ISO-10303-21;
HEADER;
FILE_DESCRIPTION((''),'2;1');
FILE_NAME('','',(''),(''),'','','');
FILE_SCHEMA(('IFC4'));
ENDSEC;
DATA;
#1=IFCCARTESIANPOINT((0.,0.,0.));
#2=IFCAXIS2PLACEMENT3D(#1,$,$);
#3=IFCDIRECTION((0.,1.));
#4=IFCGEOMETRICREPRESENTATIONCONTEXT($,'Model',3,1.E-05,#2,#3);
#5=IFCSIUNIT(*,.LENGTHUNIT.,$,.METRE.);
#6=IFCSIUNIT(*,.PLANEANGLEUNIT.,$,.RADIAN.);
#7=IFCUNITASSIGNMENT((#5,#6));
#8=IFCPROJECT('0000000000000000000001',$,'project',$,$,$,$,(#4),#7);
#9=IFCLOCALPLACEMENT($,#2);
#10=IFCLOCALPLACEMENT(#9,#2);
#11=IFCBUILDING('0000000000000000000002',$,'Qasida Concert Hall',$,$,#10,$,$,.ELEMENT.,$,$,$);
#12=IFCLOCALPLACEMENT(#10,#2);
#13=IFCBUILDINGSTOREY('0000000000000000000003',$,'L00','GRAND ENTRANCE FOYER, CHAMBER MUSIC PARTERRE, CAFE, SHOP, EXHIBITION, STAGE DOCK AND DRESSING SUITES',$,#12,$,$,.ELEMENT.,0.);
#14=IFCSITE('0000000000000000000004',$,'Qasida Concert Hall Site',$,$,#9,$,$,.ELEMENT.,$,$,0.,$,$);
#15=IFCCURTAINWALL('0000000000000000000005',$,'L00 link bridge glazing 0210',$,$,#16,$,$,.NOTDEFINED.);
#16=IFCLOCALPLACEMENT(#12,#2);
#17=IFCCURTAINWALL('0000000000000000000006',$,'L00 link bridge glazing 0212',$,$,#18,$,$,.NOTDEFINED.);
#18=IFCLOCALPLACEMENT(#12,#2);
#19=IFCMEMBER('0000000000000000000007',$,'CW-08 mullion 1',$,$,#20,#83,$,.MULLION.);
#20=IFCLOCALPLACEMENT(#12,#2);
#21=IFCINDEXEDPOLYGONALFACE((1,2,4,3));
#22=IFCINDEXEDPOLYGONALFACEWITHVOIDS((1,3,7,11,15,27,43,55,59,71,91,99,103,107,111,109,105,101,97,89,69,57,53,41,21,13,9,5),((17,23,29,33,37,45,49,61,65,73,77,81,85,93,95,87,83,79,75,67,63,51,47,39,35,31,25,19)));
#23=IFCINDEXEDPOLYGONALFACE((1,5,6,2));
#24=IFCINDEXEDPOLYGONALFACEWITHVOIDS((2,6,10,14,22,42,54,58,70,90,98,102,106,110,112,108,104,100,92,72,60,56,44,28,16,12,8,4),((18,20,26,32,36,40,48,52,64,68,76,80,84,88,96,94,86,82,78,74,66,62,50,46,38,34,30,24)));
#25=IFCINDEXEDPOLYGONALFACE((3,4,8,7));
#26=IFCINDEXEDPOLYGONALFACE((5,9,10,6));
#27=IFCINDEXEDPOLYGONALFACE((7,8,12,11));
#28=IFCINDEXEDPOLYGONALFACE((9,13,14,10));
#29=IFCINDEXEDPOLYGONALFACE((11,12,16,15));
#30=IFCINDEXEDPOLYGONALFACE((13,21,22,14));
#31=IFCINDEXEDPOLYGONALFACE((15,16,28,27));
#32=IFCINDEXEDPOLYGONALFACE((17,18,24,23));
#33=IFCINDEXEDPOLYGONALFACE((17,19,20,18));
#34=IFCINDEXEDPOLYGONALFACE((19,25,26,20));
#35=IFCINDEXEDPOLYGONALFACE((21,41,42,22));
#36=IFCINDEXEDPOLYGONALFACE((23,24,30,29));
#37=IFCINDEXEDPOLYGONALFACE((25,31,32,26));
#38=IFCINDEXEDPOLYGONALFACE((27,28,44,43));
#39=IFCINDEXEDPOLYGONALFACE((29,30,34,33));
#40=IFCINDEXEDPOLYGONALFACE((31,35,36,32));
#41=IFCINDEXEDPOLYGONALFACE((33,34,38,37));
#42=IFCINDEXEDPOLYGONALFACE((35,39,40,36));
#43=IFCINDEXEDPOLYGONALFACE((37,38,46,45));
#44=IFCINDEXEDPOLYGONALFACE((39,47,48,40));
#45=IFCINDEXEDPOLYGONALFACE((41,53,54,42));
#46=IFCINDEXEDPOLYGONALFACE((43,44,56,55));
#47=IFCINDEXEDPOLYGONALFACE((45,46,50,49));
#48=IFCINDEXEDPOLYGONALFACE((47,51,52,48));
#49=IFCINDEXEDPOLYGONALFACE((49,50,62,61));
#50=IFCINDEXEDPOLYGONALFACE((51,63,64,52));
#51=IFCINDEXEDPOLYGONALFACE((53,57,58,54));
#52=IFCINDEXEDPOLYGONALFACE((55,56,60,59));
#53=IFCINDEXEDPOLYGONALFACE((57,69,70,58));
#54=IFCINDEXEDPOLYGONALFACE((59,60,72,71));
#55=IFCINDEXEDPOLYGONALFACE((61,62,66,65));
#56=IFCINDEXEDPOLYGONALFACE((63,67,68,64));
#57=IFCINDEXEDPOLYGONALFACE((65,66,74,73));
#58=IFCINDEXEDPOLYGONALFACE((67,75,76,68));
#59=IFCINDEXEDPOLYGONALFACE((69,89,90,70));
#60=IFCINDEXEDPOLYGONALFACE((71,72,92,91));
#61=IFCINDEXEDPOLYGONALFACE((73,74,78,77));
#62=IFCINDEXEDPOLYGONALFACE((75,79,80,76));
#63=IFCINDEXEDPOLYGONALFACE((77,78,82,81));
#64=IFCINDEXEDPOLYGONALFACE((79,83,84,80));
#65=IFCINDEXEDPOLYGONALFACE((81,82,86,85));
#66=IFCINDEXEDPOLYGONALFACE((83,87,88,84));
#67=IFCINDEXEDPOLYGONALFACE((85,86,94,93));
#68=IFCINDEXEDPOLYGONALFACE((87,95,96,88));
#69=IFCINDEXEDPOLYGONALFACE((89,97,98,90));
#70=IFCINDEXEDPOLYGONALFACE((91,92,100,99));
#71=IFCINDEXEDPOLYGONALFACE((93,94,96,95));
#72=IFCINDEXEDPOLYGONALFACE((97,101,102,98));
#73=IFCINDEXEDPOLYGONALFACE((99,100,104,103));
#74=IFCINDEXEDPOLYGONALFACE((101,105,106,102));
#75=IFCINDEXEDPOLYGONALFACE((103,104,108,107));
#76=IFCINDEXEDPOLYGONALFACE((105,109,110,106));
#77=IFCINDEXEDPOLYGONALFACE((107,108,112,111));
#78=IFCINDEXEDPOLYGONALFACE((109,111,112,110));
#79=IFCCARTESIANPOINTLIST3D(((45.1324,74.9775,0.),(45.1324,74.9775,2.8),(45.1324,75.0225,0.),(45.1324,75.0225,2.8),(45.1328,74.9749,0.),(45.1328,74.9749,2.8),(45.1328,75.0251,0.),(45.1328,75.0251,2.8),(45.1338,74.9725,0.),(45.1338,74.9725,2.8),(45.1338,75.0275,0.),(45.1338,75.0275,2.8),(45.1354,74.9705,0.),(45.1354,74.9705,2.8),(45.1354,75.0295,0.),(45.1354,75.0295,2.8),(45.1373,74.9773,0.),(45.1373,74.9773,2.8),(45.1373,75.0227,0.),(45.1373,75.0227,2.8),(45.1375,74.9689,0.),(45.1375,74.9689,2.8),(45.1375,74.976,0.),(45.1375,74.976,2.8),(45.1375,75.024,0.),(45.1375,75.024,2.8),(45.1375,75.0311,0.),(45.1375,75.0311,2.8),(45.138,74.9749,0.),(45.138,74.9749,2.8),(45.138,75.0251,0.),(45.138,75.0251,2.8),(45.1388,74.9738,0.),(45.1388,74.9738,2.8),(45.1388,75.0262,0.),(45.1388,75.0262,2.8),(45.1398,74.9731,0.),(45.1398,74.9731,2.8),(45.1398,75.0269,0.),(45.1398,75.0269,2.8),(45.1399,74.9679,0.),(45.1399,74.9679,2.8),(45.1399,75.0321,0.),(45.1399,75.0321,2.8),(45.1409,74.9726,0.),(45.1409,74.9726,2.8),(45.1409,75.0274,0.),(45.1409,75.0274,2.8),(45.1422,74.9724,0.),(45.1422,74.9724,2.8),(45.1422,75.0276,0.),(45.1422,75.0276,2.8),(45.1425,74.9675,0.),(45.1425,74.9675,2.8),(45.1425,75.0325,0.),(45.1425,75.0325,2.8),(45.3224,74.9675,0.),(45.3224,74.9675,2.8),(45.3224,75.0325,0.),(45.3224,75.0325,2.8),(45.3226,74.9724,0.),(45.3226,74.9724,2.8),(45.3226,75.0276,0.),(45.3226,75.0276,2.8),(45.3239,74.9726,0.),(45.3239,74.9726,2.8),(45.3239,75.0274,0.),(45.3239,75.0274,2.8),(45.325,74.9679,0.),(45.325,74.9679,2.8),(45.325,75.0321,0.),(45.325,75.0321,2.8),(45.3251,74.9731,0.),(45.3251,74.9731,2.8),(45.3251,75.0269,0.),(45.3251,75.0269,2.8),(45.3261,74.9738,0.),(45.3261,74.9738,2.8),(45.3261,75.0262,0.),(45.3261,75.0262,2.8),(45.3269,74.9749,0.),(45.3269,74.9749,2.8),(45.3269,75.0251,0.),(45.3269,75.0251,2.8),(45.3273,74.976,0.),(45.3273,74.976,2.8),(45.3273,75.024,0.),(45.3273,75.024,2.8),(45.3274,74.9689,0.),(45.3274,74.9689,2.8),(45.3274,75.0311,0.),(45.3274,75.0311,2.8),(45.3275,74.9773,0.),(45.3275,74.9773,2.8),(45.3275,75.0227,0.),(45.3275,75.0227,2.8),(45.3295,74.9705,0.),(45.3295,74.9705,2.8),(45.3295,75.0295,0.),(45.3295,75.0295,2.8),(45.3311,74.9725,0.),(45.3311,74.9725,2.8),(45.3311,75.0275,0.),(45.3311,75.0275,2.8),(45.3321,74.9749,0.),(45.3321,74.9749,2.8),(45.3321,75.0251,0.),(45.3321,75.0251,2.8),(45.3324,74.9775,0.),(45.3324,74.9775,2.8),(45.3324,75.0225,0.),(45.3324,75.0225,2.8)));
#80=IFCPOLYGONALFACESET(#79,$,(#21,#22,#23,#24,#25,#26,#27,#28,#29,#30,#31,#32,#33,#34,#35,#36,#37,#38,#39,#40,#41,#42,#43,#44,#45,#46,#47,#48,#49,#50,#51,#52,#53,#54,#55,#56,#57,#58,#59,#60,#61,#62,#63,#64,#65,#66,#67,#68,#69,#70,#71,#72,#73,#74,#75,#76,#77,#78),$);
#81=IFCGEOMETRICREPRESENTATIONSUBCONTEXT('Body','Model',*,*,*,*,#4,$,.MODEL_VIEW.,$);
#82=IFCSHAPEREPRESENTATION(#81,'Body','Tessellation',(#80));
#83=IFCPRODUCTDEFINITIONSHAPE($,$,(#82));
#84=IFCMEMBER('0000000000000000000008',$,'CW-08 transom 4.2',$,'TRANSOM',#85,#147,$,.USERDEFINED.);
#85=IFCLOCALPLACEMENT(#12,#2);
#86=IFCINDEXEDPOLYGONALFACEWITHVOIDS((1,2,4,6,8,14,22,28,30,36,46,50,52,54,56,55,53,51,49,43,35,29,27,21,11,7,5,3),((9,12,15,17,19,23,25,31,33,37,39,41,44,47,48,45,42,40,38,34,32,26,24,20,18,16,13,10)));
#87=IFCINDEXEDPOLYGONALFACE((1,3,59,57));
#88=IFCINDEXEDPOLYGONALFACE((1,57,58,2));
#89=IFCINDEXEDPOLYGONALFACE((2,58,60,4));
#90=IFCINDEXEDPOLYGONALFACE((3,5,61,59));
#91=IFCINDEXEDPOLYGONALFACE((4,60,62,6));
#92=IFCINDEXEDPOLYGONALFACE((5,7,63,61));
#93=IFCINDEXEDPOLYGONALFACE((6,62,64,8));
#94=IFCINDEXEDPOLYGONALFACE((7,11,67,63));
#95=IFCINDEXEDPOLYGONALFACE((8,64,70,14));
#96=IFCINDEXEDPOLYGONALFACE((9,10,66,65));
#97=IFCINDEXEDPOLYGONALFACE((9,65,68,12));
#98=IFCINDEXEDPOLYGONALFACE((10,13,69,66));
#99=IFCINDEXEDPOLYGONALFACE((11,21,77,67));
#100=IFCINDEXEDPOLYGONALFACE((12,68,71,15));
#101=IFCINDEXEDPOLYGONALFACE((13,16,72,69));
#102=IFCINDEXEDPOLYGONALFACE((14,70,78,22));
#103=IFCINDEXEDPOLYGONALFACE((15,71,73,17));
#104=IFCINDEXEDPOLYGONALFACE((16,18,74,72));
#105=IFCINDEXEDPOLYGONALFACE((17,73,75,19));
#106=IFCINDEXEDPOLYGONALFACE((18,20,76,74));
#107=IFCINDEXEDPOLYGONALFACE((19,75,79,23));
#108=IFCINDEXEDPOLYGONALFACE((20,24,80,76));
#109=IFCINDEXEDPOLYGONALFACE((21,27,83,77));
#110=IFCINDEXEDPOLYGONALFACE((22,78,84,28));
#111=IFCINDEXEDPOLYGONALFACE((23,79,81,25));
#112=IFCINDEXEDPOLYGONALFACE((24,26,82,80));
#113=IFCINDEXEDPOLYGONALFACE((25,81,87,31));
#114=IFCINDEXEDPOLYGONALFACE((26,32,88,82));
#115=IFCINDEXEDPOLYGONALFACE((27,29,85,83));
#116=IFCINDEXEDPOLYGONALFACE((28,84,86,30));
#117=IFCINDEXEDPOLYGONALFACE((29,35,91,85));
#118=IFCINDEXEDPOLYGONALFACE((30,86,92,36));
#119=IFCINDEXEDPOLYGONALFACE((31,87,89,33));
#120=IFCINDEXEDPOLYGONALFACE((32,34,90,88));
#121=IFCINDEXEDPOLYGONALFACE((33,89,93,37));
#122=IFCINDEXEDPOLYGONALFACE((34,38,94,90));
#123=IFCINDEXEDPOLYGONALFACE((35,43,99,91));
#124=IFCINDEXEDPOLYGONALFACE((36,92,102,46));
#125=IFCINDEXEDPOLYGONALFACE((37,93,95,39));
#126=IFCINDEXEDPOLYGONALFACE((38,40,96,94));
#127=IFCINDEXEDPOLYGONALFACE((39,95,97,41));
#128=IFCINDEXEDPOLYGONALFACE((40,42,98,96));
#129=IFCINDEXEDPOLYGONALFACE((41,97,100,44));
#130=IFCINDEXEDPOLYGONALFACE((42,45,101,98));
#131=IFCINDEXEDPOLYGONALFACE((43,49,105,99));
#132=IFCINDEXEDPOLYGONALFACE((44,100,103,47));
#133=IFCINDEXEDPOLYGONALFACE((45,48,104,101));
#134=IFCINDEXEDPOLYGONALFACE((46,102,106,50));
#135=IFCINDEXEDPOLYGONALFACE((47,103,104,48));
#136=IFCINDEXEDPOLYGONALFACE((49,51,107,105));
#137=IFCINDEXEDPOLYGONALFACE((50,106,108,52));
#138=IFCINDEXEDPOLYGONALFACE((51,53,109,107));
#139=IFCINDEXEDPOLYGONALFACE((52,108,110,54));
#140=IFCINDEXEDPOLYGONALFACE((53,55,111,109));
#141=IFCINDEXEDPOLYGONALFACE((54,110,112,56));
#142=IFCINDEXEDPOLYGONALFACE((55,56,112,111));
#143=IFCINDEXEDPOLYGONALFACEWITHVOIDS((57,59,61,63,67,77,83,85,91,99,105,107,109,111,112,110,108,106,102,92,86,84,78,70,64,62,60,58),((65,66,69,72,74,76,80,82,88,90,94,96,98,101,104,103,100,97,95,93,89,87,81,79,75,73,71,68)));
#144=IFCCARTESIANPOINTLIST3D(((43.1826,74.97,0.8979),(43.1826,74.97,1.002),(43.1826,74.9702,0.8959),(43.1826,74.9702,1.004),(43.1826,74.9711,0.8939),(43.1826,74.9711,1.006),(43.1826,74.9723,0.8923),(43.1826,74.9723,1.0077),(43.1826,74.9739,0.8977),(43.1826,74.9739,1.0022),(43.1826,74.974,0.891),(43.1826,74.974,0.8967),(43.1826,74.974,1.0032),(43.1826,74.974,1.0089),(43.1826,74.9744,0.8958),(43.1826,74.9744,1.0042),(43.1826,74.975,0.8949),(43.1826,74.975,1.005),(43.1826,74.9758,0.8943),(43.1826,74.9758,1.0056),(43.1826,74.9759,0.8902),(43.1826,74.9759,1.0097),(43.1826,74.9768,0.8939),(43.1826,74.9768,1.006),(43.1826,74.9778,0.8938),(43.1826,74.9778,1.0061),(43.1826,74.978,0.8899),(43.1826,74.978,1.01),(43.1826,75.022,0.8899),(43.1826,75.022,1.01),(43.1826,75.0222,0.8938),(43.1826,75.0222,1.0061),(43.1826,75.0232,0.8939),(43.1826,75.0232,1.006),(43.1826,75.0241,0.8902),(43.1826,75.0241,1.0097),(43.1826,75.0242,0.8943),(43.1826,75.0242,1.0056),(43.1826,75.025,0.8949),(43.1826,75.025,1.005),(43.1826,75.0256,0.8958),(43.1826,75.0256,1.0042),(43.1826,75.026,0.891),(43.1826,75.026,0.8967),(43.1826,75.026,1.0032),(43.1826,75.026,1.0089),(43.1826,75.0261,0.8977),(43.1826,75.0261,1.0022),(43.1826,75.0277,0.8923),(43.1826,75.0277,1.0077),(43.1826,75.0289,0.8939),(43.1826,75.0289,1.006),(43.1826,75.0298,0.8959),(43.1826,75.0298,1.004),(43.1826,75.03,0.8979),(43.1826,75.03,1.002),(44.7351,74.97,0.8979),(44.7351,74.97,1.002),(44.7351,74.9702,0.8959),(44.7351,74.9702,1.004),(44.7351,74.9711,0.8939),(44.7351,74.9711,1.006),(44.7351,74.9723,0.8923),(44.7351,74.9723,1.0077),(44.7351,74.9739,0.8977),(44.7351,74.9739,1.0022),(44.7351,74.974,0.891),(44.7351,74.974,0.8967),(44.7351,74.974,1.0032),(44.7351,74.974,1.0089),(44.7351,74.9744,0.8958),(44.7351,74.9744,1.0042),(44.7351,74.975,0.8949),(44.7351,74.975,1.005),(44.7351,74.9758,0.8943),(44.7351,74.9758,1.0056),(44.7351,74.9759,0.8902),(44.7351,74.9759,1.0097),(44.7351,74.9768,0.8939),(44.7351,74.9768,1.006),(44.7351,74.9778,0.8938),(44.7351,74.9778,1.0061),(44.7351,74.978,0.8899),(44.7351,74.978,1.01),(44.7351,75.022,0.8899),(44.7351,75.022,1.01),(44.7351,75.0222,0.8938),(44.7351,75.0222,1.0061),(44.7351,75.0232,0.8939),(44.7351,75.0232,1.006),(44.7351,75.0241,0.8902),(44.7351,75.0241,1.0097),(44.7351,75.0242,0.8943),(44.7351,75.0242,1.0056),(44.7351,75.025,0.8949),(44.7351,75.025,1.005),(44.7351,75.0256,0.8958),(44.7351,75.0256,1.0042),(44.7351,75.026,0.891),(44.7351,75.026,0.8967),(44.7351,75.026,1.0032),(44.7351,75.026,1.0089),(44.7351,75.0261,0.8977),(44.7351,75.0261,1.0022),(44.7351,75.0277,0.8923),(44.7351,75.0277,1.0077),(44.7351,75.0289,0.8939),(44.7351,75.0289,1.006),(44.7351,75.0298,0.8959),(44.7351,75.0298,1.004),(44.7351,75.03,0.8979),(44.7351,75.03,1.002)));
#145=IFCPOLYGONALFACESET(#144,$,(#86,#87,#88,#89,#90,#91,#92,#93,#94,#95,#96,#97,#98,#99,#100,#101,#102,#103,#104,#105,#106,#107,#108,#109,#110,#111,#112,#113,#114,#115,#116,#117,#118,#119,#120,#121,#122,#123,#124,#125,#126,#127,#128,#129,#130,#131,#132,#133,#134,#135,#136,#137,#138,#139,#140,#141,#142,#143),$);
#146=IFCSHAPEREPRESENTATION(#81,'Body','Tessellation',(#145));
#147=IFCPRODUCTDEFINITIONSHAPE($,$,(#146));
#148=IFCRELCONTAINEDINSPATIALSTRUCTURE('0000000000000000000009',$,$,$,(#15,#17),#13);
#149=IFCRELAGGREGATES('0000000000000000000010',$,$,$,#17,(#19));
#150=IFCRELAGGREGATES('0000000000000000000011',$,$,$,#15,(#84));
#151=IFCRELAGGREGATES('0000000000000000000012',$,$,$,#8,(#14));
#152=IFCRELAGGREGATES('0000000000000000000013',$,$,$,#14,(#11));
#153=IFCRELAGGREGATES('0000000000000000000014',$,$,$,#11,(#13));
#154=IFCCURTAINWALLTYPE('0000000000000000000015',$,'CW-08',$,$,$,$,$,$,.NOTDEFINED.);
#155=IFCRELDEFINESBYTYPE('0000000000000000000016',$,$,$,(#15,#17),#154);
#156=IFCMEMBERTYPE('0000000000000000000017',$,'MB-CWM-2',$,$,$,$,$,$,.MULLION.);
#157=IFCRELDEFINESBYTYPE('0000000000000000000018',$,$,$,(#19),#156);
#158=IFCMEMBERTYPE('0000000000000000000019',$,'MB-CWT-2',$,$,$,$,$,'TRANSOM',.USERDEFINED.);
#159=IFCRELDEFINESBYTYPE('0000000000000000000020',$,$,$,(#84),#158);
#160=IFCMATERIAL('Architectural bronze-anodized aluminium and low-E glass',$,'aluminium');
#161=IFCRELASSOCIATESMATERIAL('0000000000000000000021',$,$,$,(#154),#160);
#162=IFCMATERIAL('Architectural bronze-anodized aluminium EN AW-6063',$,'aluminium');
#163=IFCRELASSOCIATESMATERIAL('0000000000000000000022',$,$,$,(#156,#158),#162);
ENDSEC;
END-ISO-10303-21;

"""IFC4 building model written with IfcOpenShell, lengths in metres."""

from ifc_helpers import new_model, si_unit, direction, frame, origin, origin_2d, place, context, subcontext, project, spatial, hollow_rectangle, extrude, material, material_profile, profile_set, type_object, element, aggregate, save


model = new_model("IFC4")

# Units and contexts
model_context = context("Model", 3, precision=1e-05, world=origin(), true_north=direction((0.0, 1.0)))
body_context = subcontext(model_context, "Body", "Model", "MODEL_VIEW")
ifc_project = project(units=[si_unit("LENGTHUNIT", "METRE"), si_unit("PLANEANGLEUNIT", "RADIAN")], contexts=[model_context])

# Site, building, storey
site_placement = place(None, origin())
site = spatial("IfcSite", under=ifc_project, at=site_placement, Name="Qasida Concert Hall Site", CompositionType="ELEMENT", RefElevation=0.0)
building_placement = place(site_placement, origin())
building = spatial("IfcBuilding", under=site, at=building_placement, Name="Qasida Concert Hall", CompositionType="ELEMENT")
storey_placement = place(building_placement, origin())
storey = spatial("IfcBuildingStorey", under=building, at=storey_placement, Name="L00", Description="GRAND ENTRANCE FOYER, CHAMBER MUSIC PARTERRE, CAFE, SHOP, EXHIBITION, STAGE DOCK AND DRESSING SUITES", CompositionType="ELEMENT", Elevation=0.0)

# Curtain walls, member
ifc_material_1 = material(Name="Architectural bronze-anodized aluminium and low-E glass", Category="aluminium")
curtain_wall_type = type_object("IfcCurtainWallType", Name="CW-08", PredefinedType="NOTDEFINED", material=ifc_material_1)
curtain_wall_1_placement = place(storey_placement, origin())
curtain_wall_1 = element("IfcCurtainWall", 1, at=curtain_wall_1_placement, inside=storey, type_object=curtain_wall_type, Name="L00 link bridge glazing 0210", PredefinedType="NOTDEFINED")
ifc_material_2 = material(Name="Architectural bronze-anodized aluminium EN AW-6063", Category="aluminium")
ifc_material_profile_1 = material_profile(ifc_material_2, hollow_rectangle(XDim=0.0649, YDim=0.2, WallThickness=0.0049, InnerFilletRadius=0.0049, OuterFilletRadius=0.01, at=origin_2d()), Name="CWM 200x65x5")
ifc_profile_set_1 = profile_set([ifc_material_profile_1], Name="Architectural bronze-anodized aluminium EN AW-6063")
member_type_1 = type_object("IfcMemberType", Name="MB-CWM-2", PredefinedType="MULLION", material=ifc_profile_set_1)
curtain_wall_2_placement = place(storey_placement, origin())
curtain_wall_2 = element("IfcCurtainWall", 2, at=curtain_wall_2_placement, inside=storey, type_object=curtain_wall_type, Name="L00 link bridge glazing 0212", PredefinedType="NOTDEFINED")
member_1_placement = place(storey_placement, frame((45.2324, 75.0, 0.0), z_axis=(0.0, 0.0, 1.0), x_axis=(0.0, 1.0, 0.0)))
member_1 = element("IfcMember", 3, at=member_1_placement, type_object=member_type_1, Name="CW-08 mullion 1", PredefinedType="MULLION", context=body_context, shape_type="SweptSolid", body=[
    extrude(hollow_rectangle(XDim=0.0649, YDim=0.2, WallThickness=0.0049, InnerFilletRadius=0.0049, OuterFilletRadius=0.01, at=origin_2d()), origin(), (0.0, 0.0, 1.0), 2.8),
])

# Member
ifc_material_profile_2 = material_profile(ifc_material_2, hollow_rectangle(XDim=0.0601, YDim=0.1201, WallThickness=0.0039, InnerFilletRadius=0.0039, OuterFilletRadius=0.0081, at=origin_2d()), Name="CWT 120x60x4")
ifc_profile_set_2 = profile_set([ifc_material_profile_2], Name="Architectural bronze-anodized aluminium EN AW-6063")
member_type_2 = type_object("IfcMemberType", Name="MB-CWT-2", ElementType="TRANSOM", PredefinedType="USERDEFINED", material=ifc_profile_set_2)
member_2_placement = place(storey_placement, frame((43.1826, 75.0, 0.95), z_axis=(1.0, 0.0, 0.0), x_axis=(0.0, 1.0, 0.0)))
member_2 = element("IfcMember", 4, at=member_2_placement, type_object=member_type_2, Name="CW-08 transom 4.2", ObjectType="TRANSOM", PredefinedType="USERDEFINED", context=body_context, shape_type="SweptSolid", body=[
    extrude(hollow_rectangle(XDim=0.0601, YDim=0.1201, WallThickness=0.0039, InnerFilletRadius=0.0039, OuterFilletRadius=0.0081, at=origin_2d()), origin(), (0.0, 0.0, 1.0), 1.5525),
])
aggregate(curtain_wall_2, [member_1])

aggregate(curtain_wall_1, [member_2])

save(model, "model.ifc")
